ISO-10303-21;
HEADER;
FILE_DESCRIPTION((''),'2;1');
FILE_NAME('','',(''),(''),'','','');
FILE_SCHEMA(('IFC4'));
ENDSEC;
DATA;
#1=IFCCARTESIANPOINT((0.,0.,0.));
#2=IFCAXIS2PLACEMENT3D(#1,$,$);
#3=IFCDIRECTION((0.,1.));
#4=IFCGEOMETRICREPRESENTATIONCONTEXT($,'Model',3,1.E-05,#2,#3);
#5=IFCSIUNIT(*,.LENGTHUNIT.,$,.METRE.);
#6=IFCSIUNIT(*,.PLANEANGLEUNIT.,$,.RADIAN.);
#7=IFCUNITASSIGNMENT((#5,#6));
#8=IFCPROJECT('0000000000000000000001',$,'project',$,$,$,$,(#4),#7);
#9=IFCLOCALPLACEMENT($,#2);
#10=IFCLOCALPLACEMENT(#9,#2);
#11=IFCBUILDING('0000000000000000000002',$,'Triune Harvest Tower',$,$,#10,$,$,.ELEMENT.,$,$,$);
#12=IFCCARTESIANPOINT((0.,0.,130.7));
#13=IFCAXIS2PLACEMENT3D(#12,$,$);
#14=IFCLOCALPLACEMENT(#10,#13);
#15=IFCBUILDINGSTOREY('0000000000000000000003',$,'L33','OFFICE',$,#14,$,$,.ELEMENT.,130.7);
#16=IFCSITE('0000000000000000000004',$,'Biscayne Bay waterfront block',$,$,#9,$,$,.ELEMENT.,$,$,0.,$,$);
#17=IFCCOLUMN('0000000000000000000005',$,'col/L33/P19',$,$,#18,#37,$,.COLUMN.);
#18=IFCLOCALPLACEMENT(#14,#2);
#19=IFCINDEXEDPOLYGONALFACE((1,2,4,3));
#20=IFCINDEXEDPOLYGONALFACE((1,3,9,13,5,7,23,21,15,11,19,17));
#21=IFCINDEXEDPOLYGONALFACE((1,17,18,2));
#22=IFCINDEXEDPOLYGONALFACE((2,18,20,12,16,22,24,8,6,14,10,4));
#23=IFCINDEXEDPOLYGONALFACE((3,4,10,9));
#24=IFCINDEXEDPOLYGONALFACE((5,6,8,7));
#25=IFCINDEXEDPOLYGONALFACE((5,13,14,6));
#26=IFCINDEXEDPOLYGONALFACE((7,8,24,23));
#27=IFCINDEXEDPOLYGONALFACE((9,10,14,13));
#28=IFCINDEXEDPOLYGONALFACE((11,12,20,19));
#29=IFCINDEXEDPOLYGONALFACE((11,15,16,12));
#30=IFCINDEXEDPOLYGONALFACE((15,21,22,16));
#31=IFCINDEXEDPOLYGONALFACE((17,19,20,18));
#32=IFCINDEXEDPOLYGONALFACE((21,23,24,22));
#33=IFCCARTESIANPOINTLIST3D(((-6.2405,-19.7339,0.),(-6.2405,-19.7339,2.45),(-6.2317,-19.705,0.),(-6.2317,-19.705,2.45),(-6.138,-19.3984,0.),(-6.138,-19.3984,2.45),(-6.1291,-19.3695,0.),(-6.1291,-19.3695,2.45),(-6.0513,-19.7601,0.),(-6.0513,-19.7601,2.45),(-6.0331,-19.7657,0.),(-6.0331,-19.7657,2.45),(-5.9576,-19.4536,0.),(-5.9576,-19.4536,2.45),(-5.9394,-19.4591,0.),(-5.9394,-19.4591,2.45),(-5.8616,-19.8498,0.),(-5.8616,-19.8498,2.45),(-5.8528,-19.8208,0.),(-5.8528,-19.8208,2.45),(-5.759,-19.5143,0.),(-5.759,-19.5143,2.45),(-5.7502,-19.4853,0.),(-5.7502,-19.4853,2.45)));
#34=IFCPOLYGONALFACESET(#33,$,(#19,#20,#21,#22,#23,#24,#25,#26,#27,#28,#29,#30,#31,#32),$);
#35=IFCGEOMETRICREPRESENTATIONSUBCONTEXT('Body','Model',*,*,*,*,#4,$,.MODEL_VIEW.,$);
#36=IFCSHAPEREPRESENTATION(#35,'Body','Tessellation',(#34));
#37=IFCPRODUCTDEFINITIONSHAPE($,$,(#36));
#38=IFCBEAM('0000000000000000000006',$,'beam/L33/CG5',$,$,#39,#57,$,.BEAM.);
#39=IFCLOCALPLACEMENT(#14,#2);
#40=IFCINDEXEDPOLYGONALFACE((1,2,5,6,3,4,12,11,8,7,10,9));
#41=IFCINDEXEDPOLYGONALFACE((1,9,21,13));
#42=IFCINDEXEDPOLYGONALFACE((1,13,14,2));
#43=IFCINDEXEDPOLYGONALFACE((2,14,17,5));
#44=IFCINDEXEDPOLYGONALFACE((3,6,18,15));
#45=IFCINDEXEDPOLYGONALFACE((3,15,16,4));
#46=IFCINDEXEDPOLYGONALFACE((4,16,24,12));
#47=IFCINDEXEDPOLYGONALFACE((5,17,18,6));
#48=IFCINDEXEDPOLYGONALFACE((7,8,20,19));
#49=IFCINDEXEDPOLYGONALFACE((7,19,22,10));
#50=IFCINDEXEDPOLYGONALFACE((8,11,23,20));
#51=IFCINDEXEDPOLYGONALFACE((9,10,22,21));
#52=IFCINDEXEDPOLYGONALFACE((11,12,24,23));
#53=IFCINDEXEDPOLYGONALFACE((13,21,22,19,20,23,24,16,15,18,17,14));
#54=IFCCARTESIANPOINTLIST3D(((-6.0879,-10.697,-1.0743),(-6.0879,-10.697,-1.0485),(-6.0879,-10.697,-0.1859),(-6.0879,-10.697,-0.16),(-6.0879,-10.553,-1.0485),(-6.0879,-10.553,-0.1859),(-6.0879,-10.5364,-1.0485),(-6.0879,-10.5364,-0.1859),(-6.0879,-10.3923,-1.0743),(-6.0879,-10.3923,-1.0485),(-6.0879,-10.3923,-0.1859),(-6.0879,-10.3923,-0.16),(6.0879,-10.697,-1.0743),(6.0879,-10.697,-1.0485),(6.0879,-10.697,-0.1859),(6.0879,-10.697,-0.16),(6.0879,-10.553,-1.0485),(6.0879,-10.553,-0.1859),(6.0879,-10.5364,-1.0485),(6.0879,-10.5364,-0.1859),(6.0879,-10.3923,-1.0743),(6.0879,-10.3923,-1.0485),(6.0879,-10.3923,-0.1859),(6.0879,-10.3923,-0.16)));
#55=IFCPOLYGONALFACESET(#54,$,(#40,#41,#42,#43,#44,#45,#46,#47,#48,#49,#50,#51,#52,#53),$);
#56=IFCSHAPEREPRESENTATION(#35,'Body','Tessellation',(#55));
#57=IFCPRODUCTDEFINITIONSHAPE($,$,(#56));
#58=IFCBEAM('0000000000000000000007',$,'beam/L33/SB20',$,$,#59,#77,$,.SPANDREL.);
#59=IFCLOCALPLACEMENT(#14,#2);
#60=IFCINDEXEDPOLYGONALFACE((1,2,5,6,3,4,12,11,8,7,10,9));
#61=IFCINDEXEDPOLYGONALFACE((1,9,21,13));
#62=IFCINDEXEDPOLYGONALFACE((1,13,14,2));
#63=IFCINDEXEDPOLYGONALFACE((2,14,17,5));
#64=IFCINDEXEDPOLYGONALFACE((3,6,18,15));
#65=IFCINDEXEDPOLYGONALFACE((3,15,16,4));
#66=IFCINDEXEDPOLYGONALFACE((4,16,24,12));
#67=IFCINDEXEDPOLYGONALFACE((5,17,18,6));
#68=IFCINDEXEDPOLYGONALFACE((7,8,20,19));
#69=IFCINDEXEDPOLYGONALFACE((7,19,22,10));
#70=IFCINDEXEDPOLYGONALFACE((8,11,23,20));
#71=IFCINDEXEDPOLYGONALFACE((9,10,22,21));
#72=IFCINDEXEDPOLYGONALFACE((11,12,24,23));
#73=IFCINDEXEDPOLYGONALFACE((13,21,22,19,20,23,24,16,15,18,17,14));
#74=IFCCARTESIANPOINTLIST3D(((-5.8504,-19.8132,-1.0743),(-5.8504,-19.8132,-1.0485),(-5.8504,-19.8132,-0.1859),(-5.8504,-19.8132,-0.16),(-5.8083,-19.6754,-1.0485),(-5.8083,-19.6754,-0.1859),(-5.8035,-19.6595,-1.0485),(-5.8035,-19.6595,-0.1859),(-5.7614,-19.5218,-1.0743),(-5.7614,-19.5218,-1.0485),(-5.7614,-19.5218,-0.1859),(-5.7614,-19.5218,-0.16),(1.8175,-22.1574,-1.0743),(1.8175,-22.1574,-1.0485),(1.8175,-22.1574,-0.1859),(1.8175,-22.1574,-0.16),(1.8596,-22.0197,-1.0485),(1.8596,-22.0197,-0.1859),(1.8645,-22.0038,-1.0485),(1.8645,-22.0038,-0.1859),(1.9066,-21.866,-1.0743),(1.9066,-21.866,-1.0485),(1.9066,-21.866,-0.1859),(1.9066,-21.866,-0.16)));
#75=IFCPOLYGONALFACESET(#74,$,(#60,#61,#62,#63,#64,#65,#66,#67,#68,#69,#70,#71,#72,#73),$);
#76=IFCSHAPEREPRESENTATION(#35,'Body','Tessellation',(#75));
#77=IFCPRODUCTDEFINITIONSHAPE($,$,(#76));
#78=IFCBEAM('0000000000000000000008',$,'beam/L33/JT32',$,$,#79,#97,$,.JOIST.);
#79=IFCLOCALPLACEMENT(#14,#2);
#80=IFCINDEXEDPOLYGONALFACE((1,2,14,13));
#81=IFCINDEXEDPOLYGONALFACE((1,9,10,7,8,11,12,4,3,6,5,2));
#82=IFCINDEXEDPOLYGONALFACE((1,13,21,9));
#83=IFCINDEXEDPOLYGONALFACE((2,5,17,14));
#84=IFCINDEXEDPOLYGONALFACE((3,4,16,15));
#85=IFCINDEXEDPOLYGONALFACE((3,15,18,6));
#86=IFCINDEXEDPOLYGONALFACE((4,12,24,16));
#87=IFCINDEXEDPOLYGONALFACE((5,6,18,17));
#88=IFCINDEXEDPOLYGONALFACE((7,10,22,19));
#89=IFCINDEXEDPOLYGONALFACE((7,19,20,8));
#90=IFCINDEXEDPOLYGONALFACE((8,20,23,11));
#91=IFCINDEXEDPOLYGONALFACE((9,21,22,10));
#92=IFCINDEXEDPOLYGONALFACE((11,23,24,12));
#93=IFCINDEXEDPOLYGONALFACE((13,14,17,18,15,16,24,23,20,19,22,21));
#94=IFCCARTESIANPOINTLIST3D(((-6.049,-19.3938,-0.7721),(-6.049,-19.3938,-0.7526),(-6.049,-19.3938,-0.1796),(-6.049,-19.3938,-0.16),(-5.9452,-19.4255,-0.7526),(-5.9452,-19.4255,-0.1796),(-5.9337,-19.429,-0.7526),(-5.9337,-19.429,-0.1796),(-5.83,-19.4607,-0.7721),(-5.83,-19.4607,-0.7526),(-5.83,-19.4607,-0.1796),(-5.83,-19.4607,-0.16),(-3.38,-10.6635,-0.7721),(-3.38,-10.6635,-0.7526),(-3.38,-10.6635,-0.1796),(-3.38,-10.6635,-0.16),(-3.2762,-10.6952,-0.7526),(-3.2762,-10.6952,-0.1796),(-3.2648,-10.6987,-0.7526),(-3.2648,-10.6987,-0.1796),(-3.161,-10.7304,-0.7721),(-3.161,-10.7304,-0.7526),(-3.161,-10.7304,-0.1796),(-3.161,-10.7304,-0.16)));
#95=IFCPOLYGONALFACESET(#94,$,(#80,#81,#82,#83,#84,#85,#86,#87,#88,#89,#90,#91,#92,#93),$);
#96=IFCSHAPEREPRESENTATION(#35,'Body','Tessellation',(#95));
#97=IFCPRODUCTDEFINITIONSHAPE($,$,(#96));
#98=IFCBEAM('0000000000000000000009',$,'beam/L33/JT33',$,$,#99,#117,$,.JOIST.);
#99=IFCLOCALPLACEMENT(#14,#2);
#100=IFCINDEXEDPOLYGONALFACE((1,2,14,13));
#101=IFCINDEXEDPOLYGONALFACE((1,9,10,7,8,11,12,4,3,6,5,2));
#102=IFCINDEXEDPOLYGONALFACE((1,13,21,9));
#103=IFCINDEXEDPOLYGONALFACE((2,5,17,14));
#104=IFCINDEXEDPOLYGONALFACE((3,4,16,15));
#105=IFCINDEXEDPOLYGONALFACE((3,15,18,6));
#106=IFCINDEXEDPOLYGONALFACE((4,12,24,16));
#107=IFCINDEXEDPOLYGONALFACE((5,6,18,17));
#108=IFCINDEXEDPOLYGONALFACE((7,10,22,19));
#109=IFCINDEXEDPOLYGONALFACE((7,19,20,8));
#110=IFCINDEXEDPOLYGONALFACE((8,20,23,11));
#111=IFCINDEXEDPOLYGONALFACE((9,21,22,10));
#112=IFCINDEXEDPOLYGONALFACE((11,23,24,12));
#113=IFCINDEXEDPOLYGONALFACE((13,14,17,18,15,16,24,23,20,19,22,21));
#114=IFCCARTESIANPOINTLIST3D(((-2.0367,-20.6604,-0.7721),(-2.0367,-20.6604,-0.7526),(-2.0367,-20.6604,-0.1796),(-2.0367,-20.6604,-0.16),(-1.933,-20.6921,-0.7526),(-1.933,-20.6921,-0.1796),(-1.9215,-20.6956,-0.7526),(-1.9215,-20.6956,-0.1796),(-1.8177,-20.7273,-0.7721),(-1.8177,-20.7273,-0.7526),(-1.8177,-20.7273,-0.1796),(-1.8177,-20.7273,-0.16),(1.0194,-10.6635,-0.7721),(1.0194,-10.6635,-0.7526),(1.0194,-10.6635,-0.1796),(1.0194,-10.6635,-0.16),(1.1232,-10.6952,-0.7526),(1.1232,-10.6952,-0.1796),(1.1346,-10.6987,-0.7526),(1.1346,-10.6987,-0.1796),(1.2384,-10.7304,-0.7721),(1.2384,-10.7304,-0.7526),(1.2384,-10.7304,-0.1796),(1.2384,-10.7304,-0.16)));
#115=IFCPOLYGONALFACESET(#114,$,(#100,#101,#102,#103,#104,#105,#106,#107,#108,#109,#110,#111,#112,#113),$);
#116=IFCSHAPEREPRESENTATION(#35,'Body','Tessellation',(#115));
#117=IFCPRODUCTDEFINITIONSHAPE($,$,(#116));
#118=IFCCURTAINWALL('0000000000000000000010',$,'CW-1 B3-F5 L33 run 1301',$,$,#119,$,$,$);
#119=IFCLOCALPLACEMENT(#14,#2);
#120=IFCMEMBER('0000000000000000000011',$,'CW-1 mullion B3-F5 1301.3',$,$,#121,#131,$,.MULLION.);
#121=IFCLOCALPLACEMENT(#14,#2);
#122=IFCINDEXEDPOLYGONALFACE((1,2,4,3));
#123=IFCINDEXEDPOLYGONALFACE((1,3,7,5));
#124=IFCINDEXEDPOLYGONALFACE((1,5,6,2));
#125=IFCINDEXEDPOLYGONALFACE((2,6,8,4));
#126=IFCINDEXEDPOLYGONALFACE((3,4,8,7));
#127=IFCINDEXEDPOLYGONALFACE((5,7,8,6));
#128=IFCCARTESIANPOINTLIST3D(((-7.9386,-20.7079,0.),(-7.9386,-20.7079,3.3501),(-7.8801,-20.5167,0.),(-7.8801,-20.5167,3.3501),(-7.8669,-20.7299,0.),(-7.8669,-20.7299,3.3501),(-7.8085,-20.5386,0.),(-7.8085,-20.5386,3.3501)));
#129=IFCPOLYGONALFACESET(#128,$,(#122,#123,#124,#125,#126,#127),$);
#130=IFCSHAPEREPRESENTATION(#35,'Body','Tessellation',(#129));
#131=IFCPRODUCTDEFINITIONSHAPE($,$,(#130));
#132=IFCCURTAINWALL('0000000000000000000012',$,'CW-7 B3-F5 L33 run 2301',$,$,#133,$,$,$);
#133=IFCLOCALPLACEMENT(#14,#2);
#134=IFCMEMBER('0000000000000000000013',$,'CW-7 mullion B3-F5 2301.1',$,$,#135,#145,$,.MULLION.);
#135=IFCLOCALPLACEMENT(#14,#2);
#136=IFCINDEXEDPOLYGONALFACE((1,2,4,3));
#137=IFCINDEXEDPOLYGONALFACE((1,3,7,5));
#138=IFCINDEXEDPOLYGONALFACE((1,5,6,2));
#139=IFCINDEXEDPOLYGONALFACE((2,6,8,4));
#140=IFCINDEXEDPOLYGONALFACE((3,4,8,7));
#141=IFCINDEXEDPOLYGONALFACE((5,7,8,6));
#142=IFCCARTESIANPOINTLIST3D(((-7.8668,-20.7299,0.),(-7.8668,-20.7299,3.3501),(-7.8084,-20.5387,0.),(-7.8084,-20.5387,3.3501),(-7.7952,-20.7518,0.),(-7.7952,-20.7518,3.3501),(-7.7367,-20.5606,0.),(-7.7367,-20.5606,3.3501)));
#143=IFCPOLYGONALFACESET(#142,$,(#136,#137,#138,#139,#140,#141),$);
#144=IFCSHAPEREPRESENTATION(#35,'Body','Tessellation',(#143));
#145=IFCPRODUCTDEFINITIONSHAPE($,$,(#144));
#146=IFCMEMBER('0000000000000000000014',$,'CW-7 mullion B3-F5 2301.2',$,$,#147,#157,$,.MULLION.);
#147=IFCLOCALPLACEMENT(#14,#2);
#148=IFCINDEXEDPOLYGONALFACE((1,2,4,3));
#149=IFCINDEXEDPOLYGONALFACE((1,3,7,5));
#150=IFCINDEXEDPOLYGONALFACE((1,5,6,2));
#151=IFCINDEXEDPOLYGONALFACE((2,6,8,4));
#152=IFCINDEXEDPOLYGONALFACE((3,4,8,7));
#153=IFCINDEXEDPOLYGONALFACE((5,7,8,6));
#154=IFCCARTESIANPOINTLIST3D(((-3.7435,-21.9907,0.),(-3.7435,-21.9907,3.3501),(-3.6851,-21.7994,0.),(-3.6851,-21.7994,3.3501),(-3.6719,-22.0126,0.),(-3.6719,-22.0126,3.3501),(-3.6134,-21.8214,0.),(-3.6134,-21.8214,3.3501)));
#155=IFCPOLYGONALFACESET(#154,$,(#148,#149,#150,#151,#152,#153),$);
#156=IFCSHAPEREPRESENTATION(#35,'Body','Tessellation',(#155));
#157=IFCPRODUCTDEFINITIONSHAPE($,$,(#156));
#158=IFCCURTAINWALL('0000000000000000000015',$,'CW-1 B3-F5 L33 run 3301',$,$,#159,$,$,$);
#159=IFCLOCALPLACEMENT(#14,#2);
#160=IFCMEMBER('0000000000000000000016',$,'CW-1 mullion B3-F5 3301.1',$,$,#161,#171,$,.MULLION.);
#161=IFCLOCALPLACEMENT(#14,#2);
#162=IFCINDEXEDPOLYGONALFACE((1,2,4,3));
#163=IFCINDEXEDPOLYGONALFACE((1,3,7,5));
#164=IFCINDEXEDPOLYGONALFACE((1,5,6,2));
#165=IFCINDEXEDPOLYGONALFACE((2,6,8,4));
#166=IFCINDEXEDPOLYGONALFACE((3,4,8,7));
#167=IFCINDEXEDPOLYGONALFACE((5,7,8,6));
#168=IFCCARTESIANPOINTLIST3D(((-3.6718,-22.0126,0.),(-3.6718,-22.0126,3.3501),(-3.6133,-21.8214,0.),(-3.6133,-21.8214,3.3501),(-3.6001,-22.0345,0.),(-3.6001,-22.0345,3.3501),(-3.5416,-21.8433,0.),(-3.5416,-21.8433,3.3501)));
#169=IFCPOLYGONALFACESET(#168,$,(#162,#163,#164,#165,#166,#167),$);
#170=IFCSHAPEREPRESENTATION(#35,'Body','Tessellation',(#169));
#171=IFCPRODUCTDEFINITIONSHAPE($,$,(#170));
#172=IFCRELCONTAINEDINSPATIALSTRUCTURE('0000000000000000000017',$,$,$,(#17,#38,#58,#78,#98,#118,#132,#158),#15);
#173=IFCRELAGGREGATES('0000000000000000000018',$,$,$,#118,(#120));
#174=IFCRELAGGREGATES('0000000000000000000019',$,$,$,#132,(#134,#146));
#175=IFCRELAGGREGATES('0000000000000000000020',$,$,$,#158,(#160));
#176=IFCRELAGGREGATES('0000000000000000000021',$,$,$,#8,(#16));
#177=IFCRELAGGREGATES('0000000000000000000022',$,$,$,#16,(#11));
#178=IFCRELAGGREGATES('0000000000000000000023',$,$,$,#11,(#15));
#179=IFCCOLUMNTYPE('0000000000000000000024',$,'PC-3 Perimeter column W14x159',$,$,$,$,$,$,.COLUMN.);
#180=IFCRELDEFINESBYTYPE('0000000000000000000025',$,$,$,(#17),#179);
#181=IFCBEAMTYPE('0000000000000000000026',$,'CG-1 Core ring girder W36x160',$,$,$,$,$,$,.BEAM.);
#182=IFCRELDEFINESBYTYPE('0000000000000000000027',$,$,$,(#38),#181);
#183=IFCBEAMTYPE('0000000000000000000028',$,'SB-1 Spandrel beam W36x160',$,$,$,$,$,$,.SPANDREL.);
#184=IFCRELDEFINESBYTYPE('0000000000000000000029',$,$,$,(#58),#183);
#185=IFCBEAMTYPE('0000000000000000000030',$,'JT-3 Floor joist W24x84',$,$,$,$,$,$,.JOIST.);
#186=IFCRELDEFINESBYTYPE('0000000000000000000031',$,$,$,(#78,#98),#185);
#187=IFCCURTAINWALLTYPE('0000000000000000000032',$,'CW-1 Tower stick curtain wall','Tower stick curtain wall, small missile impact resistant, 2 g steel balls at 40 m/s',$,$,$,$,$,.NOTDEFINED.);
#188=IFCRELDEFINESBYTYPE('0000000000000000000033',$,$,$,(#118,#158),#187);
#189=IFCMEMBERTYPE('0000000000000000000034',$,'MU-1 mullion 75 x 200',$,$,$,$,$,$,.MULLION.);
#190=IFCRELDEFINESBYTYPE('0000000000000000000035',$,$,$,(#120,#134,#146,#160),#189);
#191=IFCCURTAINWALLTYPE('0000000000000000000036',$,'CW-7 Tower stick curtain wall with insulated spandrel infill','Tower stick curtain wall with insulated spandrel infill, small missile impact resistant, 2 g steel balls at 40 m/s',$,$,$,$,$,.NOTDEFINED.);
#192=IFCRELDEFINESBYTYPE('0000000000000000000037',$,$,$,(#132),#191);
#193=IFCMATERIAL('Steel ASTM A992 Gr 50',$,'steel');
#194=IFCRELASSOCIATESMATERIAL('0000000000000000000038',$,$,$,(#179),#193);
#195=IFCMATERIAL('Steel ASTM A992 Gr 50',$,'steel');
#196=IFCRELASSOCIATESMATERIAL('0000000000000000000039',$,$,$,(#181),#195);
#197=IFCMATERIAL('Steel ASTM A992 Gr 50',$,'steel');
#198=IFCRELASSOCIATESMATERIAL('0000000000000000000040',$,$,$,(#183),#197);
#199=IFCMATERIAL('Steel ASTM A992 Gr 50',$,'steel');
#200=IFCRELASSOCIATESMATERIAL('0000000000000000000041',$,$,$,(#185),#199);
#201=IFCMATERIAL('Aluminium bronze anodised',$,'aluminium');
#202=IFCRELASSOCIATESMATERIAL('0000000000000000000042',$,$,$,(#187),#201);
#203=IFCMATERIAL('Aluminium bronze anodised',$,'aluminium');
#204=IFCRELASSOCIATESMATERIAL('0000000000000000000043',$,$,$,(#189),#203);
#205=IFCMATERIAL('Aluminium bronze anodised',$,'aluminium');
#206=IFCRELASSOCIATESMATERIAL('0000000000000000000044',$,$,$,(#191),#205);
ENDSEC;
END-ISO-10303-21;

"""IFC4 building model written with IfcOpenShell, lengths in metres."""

from ifc_helpers import new_model, si_unit, direction, frame, origin, origin_2d, place, context, subcontext, project, spatial, rectangle, i_section, extrude, source, transform, mapped, material, material_profile, profile_set, type_object, element, aggregate, save


model = new_model("IFC4")

# Units and contexts
model_context = context("Model", 3, precision=1e-05, world=origin(), true_north=direction((0.0, 1.0)))
body_context = subcontext(model_context, "Body", "Model", "MODEL_VIEW")
ifc_project = project(units=[si_unit("LENGTHUNIT", "METRE"), si_unit("PLANEANGLEUNIT", "RADIAN")], contexts=[model_context])

# Site, building, storey
site_placement = place(None, origin())
site = spatial("IfcSite", under=ifc_project, at=site_placement, Name="Biscayne Bay waterfront block", CompositionType="ELEMENT", RefElevation=0.0)
building_placement = place(site_placement, origin())
building = spatial("IfcBuilding", under=site, at=building_placement, Name="Triune Harvest Tower", CompositionType="ELEMENT")
storey_placement = place(building_placement, frame((0.0, 0.0, 130.7)))
storey = spatial("IfcBuildingStorey", under=building, at=storey_placement, Name="L33", Description="OFFICE", CompositionType="ELEMENT", Elevation=130.7)

# Column
ifc_material_1 = material(Name="Steel ASTM A992 Gr 50", Category="steel")
ifc_material_profile_1 = material_profile(ifc_material_1, i_section(OverallWidth=0.3962, OverallDepth=0.3811, WebThickness=0.019, FlangeThickness=0.0303, at=origin_2d()), Name="W14x159")
ifc_profile_set_1 = profile_set([ifc_material_profile_1], Name="Steel ASTM A992 Gr 50")
column_type = type_object("IfcColumnType", Name="PC-3 Perimeter column W14x159", PredefinedType="COLUMN", material=ifc_profile_set_1)
shared_shape_1 = source(origin(), body_context, "Body", "SweptSolid", [
    extrude(i_section(OverallWidth=0.3962, OverallDepth=0.3811, WebThickness=0.019, FlangeThickness=0.0303, at=origin_2d()), origin(), (0.0, 0.0, 1.0), 2.45),
])
column_placement = place(storey_placement, frame((-5.9954, -19.6096, 0.0), z_axis=(0.0, 0.0, 1.0), x_axis=(0.956305, -0.292372, 0.0)))
element("IfcColumn", 1, at=column_placement, inside=storey, type_object=column_type, Name="col/L33/P19", PredefinedType="COLUMN", context=body_context, shape_type="MappedRepresentation", body=[
    mapped(shared_shape_1, transform((0.0, 0.0, 0.0), scale=1.0)),
])

# Beams
ifc_material_2 = material(Name="Steel ASTM A992 Gr 50", Category="steel")
ifc_material_profile_2 = material_profile(ifc_material_2, i_section(OverallWidth=0.3047, OverallDepth=0.9143, WebThickness=0.0166, FlangeThickness=0.0259, at=origin_2d()), Name="W36x160")
ifc_profile_set_2 = profile_set([ifc_material_profile_2], Name="Steel ASTM A992 Gr 50")
beam_type_1 = type_object("IfcBeamType", Name="CG-1 Core ring girder W36x160", PredefinedType="BEAM", material=ifc_profile_set_2)
shared_shape_2 = source(origin(), body_context, "Body", "SweptSolid", [
    extrude(i_section(OverallWidth=0.3047, OverallDepth=0.9143, WebThickness=0.0166, FlangeThickness=0.0259, at=origin_2d()), origin(), (0.0, 0.0, 1.0), 12.1758),
])
beam_1_placement = place(storey_placement, frame((-6.0879, -10.5447, -0.6172), z_axis=(1.0, 0.0, 0.0), x_axis=(0.0, 1.0, 0.0)))
element("IfcBeam", 2, at=beam_1_placement, inside=storey, type_object=beam_type_1, Name="beam/L33/CG5", PredefinedType="BEAM", context=body_context, shape_type="MappedRepresentation", body=[
    mapped(shared_shape_2, transform((0.0, 0.0, 0.0), scale=1.0)),
])
ifc_material_3 = material(Name="Steel ASTM A992 Gr 50", Category="steel")
ifc_material_profile_3 = material_profile(ifc_material_3, i_section(OverallWidth=0.3047, OverallDepth=0.9143, WebThickness=0.0166, FlangeThickness=0.0259, at=origin_2d()), Name="W36x160")
ifc_profile_set_3 = profile_set([ifc_material_profile_3], Name="Steel ASTM A992 Gr 50")
beam_type_2 = type_object("IfcBeamType", Name="SB-1 Spandrel beam W36x160", PredefinedType="SPANDREL", material=ifc_profile_set_3)
shared_shape_3 = source(origin(), body_context, "Body", "SweptSolid", [
    extrude(i_section(OverallWidth=0.3047, OverallDepth=0.9143, WebThickness=0.0166, FlangeThickness=0.0259, at=origin_2d()), origin(), (0.0, 0.0, 1.0), 8.0183),
])
beam_2_placement = place(storey_placement, frame((-5.8059, -19.6675, -0.6172), z_axis=(0.956308, -0.292361, 0.0), x_axis=(0.292361, 0.956308, 0.0)))
element("IfcBeam", 3, at=beam_2_placement, inside=storey, type_object=beam_type_2, Name="beam/L33/SB20", PredefinedType="SPANDREL", context=body_context, shape_type="MappedRepresentation", body=[
    mapped(shared_shape_3, transform((0.0, 0.0, 0.0), scale=1.0)),
])
ifc_material_4 = material(Name="Steel ASTM A992 Gr 50", Category="steel")
ifc_material_profile_4 = material_profile(ifc_material_4, i_section(OverallWidth=0.229, OverallDepth=0.6121, WebThickness=0.012, FlangeThickness=0.0195, at=origin_2d()), Name="W24x84")
ifc_profile_set_4 = profile_set([ifc_material_profile_4], Name="Steel ASTM A992 Gr 50")
beam_type_3 = type_object("IfcBeamType", Name="JT-3 Floor joist W24x84", PredefinedType="JOIST", material=ifc_profile_set_4)
shared_shape_4 = source(origin(), body_context, "Body", "SweptSolid", [
    extrude(i_section(OverallWidth=0.229, OverallDepth=0.6121, WebThickness=0.012, FlangeThickness=0.0195, at=origin_2d()), origin(), (0.0, 0.0, 1.0), 9.1292),
])
beam_3_placement = place(storey_placement, frame((-5.9395, -19.4272, -0.4661), z_axis=(0.292356, 0.956309, 0.0), x_axis=(-0.956309, 0.292356, 0.0)))
element("IfcBeam", 4, at=beam_3_placement, inside=storey, type_object=beam_type_3, Name="beam/L33/JT32", PredefinedType="JOIST", context=body_context, shape_type="MappedRepresentation", body=[
    mapped(shared_shape_4, transform((0.0, 0.0, 0.0), scale=1.0)),
])
shared_shape_5 = source(origin(), body_context, "Body", "SweptSolid", [
    extrude(i_section(OverallWidth=0.229, OverallDepth=0.6121, WebThickness=0.012, FlangeThickness=0.0195, at=origin_2d()), origin(), (0.0, 0.0, 1.0), 10.4536),
])
beam_4_placement = place(storey_placement, frame((-1.9272, -20.6938, -0.4661), z_axis=(0.292356, 0.95631, 0.0), x_axis=(-0.95631, 0.292356, 0.0)))
element("IfcBeam", 5, at=beam_4_placement, inside=storey, type_object=beam_type_3, Name="beam/L33/JT33", PredefinedType="JOIST", context=body_context, shape_type="MappedRepresentation", body=[
    mapped(shared_shape_5, transform((0.0, 0.0, 0.0), scale=1.0)),
])

# Curtain wall, member
ifc_material_5 = material(Name="Aluminium bronze anodised", Category="aluminium")
curtain_wall_type_1 = type_object("IfcCurtainWallType", Name="CW-1 Tower stick curtain wall", Description="Tower stick curtain wall, small missile impact resistant, 2 g steel balls at 40 m/s", PredefinedType="NOTDEFINED", material=ifc_material_5)
curtain_wall_1_placement = place(storey_placement, origin())
curtain_wall_1 = element("IfcCurtainWall", 6, at=curtain_wall_1_placement, inside=storey, type_object=curtain_wall_type_1, Name="CW-1 B3-F5 L33 run 1301")
ifc_material_6 = material(Name="Aluminium bronze anodised", Category="aluminium")
ifc_material_profile_5 = material_profile(ifc_material_6, rectangle(XDim=0.2, YDim=0.075, at=origin_2d()), Name="MU-1 mullion 75 x 200")
ifc_profile_set_5 = profile_set([ifc_material_profile_5], Name="Aluminium bronze anodised")
member_type_1 = type_object("IfcMemberType", Name="MU-1 mullion 75 x 200", PredefinedType="MULLION", material=ifc_profile_set_5)
shared_shape_6 = source(origin(), body_context, "Body", "SweptSolid", [
    extrude(rectangle(XDim=0.2, YDim=0.075, at=origin_2d()), origin(), (0.0, 0.0, 1.0), 3.3501),
])
member_1_placement = place(storey_placement, frame((-7.8735, -20.6233, 0.0), z_axis=(0.0, 0.0, 1.0), x_axis=(0.292378, 0.956303, 0.0)))
member_1 = element("IfcMember", 7, at=member_1_placement, type_object=member_type_1, Name="CW-1 mullion B3-F5 1301.3", PredefinedType="MULLION", context=body_context, shape_type="MappedRepresentation", body=[
    mapped(shared_shape_6, transform((0.0, 0.0, 0.0), scale=1.0)),
])
aggregate(curtain_wall_1, [member_1])

# Curtain walls, members
ifc_material_7 = material(Name="Aluminium bronze anodised", Category="aluminium")
curtain_wall_type_2 = type_object("IfcCurtainWallType", Name="CW-7 Tower stick curtain wall with insulated spandrel infill", Description="Tower stick curtain wall with insulated spandrel infill, small missile impact resistant, 2 g steel balls at 40 m/s", PredefinedType="NOTDEFINED", material=ifc_material_7)
curtain_wall_2_placement = place(storey_placement, origin())
curtain_wall_2 = element("IfcCurtainWall", 8, at=curtain_wall_2_placement, inside=storey, type_object=curtain_wall_type_2, Name="CW-7 B3-F5 L33 run 2301")
member_2_placement = place(storey_placement, frame((-7.8018, -20.6453, 0.0), z_axis=(0.0, 0.0, 1.0), x_axis=(0.292384, 0.956301, 0.0)))
member_2 = element("IfcMember", 9, at=member_2_placement, type_object=member_type_1, Name="CW-7 mullion B3-F5 2301.1", PredefinedType="MULLION", context=body_context, shape_type="MappedRepresentation", body=[
    mapped(shared_shape_6, transform((0.0, 0.0, 0.0), scale=1.0)),
])
member_3_placement = place(storey_placement, frame((-3.6785, -21.906, 0.0), z_axis=(0.0, 0.0, 1.0), x_axis=(0.292384, 0.956301, 0.0)))
member_3 = element("IfcMember", 10, at=member_3_placement, type_object=member_type_1, Name="CW-7 mullion B3-F5 2301.2", PredefinedType="MULLION", context=body_context, shape_type="MappedRepresentation", body=[
    mapped(shared_shape_6, transform((0.0, 0.0, 0.0), scale=1.0)),
])
curtain_wall_3_placement = place(storey_placement, origin())
curtain_wall_3 = element("IfcCurtainWall", 11, at=curtain_wall_3_placement, inside=storey, type_object=curtain_wall_type_1, Name="CW-1 B3-F5 L33 run 3301")
member_4_placement = place(storey_placement, frame((-3.6067, -21.928, 0.0), z_axis=(0.0, 0.0, 1.0), x_axis=(0.292371, 0.956305, 0.0)))
member_4 = element("IfcMember", 12, at=member_4_placement, type_object=member_type_1, Name="CW-1 mullion B3-F5 3301.1", PredefinedType="MULLION", context=body_context, shape_type="MappedRepresentation", body=[
    mapped(shared_shape_6, transform((0.0, 0.0, 0.0), scale=1.0)),
])

aggregate(curtain_wall_2, [member_2, member_3])
aggregate(curtain_wall_3, [member_4])

save(model, "model.ifc")
